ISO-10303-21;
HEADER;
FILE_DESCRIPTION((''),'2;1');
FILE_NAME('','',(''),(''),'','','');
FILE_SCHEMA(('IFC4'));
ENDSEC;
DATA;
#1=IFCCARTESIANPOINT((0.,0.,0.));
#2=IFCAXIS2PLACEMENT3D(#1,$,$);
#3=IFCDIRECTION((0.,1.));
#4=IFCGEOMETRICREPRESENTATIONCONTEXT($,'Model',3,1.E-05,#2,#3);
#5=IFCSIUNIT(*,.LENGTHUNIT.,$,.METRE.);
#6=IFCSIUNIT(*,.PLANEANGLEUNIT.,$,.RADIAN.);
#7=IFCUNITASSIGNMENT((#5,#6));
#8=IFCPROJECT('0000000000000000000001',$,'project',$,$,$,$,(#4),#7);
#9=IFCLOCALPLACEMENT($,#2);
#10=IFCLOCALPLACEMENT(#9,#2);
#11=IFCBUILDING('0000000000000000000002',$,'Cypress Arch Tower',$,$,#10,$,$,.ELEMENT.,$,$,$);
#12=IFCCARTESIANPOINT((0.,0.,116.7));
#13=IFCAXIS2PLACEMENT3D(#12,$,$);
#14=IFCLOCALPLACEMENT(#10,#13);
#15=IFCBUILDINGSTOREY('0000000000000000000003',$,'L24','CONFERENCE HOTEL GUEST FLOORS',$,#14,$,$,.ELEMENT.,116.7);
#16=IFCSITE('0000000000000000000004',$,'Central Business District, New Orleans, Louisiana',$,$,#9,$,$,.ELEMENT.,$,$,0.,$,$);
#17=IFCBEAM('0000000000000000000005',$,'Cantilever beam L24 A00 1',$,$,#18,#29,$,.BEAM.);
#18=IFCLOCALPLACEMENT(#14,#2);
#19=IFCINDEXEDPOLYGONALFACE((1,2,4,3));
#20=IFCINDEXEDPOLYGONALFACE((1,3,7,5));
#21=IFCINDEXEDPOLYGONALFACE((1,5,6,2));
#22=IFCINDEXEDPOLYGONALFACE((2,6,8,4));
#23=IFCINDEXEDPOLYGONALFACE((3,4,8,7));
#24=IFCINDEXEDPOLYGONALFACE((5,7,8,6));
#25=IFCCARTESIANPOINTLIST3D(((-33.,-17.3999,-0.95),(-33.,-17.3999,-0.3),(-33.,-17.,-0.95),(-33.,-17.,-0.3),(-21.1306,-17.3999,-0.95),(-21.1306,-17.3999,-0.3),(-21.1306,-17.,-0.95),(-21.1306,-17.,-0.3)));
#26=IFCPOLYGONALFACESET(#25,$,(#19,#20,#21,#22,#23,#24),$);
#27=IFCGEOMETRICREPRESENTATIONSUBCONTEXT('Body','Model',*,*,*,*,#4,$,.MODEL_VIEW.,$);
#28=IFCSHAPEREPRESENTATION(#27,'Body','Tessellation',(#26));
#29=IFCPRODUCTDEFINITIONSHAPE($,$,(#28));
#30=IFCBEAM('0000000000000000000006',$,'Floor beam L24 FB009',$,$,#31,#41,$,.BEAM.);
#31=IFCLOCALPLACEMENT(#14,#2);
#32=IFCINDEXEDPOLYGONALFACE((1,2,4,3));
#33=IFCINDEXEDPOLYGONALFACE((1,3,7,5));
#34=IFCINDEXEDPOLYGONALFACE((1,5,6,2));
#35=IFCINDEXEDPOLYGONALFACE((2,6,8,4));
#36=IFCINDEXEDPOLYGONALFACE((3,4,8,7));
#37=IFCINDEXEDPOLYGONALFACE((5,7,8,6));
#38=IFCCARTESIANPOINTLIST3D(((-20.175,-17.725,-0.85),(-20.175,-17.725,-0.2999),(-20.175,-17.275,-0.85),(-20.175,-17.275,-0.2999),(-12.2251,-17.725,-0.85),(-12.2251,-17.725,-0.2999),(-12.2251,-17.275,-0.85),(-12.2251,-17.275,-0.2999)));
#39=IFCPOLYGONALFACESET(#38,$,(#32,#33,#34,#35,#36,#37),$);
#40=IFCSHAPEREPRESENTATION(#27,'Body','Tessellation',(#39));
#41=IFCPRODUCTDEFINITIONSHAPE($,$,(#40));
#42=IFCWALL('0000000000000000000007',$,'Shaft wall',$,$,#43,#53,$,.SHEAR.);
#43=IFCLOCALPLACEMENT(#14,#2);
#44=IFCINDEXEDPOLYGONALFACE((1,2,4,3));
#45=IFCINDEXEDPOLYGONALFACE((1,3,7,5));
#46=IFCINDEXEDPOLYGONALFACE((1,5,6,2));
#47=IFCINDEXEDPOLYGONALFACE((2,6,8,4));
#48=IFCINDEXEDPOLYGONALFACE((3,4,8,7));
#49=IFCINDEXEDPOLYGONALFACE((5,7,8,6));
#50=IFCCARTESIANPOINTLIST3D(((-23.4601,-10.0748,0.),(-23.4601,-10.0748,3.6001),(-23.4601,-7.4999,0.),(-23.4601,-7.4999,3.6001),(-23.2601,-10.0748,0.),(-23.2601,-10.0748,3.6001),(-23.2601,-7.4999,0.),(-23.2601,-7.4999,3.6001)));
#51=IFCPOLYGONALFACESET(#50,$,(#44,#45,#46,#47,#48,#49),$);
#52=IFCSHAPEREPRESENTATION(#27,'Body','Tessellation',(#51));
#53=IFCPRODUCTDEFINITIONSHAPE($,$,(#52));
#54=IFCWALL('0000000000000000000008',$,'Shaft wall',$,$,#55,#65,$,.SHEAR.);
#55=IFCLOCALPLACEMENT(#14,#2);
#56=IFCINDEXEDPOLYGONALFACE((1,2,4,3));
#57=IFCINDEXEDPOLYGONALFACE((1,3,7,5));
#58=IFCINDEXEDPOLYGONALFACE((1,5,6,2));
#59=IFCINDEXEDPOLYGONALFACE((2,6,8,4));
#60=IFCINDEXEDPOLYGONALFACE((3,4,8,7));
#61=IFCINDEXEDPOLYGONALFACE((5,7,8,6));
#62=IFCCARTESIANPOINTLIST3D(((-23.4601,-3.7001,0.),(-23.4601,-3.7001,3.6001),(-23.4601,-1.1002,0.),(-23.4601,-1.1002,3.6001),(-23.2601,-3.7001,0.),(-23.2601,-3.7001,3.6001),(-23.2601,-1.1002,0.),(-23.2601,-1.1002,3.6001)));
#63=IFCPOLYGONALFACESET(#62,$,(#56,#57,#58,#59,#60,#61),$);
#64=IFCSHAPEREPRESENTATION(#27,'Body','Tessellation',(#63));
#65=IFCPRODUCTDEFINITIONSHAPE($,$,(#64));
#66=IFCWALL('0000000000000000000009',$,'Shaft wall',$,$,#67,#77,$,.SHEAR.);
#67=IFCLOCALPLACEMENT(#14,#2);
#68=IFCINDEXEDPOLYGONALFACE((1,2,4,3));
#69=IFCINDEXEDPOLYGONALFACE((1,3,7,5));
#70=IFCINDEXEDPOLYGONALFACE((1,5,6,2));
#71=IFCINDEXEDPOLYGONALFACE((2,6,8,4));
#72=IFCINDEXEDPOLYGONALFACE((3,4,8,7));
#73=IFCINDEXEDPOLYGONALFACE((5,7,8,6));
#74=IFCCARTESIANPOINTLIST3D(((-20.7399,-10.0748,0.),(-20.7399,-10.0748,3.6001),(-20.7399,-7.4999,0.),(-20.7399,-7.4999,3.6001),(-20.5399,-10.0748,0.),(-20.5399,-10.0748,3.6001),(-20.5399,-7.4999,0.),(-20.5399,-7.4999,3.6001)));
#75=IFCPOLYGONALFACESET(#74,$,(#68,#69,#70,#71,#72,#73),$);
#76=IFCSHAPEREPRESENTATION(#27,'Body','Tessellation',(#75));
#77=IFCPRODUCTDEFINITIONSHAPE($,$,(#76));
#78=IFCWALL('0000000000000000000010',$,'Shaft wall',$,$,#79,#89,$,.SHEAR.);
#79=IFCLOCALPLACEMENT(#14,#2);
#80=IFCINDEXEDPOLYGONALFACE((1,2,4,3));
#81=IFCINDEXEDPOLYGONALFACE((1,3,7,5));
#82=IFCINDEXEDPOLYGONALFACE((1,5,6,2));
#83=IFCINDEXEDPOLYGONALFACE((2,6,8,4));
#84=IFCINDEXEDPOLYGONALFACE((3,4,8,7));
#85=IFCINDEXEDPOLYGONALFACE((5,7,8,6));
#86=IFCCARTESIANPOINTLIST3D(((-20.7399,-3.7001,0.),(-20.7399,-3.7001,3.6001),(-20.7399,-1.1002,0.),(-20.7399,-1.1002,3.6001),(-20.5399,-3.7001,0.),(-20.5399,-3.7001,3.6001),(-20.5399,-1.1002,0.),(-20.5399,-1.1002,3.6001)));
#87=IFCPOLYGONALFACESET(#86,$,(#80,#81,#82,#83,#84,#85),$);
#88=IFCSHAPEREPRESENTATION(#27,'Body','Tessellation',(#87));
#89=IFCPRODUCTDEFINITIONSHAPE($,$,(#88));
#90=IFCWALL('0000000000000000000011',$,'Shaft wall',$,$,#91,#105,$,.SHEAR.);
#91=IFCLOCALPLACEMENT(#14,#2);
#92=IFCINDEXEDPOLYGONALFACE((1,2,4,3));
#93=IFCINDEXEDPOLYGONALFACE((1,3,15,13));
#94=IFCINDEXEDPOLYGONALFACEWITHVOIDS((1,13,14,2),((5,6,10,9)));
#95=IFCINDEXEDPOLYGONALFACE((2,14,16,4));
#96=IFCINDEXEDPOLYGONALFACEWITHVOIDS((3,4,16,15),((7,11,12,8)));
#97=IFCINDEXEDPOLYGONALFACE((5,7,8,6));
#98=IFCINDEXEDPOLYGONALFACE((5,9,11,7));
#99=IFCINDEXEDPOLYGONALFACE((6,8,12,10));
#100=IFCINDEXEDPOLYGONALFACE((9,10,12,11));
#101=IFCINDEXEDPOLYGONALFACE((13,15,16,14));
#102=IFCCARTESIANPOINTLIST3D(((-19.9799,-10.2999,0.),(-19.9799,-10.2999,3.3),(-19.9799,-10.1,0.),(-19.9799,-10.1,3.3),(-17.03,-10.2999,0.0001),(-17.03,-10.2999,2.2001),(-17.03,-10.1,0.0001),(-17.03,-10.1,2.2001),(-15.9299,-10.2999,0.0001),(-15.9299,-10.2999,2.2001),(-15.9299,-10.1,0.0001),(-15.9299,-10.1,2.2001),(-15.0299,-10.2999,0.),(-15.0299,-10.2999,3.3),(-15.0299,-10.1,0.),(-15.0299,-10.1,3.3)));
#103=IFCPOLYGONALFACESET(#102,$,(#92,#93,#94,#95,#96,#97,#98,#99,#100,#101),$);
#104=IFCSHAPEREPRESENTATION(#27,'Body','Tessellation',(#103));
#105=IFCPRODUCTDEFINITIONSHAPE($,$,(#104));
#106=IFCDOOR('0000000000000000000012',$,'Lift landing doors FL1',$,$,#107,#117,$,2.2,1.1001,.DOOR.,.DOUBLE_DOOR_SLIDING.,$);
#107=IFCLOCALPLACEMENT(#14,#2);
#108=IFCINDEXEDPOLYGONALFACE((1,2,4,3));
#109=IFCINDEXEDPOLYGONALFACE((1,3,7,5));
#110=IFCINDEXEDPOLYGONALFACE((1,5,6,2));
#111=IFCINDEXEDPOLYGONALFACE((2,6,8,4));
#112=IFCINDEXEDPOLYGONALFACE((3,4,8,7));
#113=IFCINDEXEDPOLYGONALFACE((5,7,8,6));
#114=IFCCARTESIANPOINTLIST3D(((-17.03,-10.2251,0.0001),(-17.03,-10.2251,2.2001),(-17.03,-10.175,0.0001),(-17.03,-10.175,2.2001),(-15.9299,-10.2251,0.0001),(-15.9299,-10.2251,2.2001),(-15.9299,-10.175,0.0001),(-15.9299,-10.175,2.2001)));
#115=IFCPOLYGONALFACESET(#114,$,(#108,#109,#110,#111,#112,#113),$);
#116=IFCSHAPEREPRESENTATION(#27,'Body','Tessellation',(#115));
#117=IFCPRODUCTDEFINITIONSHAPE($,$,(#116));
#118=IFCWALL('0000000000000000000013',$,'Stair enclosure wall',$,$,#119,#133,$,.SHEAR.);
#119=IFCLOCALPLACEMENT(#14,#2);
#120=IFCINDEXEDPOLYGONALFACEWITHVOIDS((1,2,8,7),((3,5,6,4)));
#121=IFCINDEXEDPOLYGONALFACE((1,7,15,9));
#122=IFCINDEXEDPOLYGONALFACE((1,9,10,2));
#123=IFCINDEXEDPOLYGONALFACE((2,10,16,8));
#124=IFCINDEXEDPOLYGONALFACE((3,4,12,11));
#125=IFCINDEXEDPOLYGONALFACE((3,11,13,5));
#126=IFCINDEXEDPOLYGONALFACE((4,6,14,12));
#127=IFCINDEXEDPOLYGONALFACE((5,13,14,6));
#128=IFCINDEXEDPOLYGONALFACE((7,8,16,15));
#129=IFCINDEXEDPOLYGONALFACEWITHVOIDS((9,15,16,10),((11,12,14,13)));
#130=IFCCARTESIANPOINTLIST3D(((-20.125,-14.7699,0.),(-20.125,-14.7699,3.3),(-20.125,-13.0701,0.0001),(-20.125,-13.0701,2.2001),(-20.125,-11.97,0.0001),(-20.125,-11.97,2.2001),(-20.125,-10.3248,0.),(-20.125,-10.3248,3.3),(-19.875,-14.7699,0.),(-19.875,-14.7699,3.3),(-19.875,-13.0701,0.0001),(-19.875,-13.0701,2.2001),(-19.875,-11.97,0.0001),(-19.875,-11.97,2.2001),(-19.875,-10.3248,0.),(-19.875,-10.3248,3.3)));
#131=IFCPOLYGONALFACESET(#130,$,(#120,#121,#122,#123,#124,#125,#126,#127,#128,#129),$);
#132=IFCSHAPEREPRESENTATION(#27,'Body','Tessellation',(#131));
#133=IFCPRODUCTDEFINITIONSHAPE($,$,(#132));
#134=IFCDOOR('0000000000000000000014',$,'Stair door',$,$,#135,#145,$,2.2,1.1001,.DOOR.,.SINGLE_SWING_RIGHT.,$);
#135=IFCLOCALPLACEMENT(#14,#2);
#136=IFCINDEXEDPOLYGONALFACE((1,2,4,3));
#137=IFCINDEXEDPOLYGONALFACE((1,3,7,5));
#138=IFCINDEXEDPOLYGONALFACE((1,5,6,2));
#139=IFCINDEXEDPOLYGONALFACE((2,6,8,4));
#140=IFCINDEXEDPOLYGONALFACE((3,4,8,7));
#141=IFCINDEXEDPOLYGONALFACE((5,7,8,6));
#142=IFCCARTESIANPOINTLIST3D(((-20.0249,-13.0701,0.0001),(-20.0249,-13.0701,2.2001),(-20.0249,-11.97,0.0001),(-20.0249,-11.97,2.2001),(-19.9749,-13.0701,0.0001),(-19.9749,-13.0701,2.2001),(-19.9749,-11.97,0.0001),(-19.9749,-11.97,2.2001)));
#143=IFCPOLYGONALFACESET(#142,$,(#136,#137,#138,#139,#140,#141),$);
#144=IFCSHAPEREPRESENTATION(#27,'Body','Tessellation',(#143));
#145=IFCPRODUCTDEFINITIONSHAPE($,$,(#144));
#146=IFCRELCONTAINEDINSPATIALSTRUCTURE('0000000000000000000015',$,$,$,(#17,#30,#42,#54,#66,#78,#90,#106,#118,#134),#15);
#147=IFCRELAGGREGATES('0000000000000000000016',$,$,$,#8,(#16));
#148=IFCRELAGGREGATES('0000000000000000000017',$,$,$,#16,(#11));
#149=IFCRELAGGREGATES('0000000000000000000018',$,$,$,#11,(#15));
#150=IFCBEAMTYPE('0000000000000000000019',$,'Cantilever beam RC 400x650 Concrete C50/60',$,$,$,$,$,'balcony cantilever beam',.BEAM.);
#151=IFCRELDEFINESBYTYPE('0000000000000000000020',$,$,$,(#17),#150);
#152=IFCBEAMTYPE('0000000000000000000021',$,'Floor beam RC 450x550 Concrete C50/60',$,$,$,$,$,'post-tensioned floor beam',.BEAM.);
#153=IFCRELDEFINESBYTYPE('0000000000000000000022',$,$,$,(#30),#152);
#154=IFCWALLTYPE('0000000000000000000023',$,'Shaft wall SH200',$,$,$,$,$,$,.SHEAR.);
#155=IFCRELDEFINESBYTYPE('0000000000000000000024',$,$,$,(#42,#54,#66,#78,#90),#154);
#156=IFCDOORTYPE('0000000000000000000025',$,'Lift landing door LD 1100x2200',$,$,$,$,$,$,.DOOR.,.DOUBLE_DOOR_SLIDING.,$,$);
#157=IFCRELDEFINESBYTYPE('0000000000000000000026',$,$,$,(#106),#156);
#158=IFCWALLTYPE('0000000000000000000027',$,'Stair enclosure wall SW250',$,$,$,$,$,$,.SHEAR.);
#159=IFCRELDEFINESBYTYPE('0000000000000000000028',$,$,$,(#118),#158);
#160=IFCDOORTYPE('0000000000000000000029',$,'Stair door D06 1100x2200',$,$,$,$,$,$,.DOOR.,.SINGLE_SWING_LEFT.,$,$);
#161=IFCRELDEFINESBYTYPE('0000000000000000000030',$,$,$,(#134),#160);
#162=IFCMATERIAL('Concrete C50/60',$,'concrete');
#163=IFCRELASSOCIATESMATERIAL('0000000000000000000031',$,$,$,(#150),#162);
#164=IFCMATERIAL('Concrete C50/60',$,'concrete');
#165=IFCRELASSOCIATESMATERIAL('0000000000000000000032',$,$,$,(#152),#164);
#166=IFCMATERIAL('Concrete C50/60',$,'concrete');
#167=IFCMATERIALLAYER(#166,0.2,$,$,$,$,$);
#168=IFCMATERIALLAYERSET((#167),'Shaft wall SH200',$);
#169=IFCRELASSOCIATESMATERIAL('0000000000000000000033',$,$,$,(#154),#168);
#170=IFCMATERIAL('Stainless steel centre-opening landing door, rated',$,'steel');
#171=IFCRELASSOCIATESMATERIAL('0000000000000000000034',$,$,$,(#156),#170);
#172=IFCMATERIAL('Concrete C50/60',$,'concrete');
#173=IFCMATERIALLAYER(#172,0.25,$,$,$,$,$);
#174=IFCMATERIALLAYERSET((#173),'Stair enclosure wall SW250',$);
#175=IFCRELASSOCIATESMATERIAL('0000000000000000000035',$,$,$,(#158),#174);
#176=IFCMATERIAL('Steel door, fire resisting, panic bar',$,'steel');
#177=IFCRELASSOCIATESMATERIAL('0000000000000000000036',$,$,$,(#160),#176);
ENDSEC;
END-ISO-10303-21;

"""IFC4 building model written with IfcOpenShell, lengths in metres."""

from ifc_helpers import new_model, si_unit, direction, frame, frame_2d, origin, origin_2d, place, context, subcontext, project, spatial, rectangle, extrude, material, layer, layer_set, material_profile, profile_set, type_object, element, fill, save


model = new_model("IFC4")

# Units and contexts
model_context = context("Model", 3, precision=1e-05, world=origin(), true_north=direction((0.0, 1.0)))
body_context = subcontext(model_context, "Body", "Model", "MODEL_VIEW")
ifc_project = project(units=[si_unit("LENGTHUNIT", "METRE"), si_unit("PLANEANGLEUNIT", "RADIAN")], contexts=[model_context])

# Site, building, storey
site_placement = place(None, origin())
site = spatial("IfcSite", under=ifc_project, at=site_placement, Name="Central Business District, New Orleans, Louisiana", CompositionType="ELEMENT", RefElevation=0.0)
building_placement = place(site_placement, origin())
building = spatial("IfcBuilding", under=site, at=building_placement, Name="Cypress Arch Tower", CompositionType="ELEMENT")
storey_placement = place(building_placement, frame((0.0, 0.0, 116.7)))
storey = spatial("IfcBuildingStorey", under=building, at=storey_placement, Name="L24", Description="CONFERENCE HOTEL GUEST FLOORS", CompositionType="ELEMENT", Elevation=116.7)

# Beams
ifc_material_1 = material(Name="Concrete C50/60", Category="concrete")
ifc_material_profile_1 = material_profile(ifc_material_1, rectangle(XDim=0.3999, YDim=0.6499, at=origin_2d()), Name="RC 400x650")
ifc_profile_set_1 = profile_set([ifc_material_profile_1], Name="Concrete C50/60")
beam_type_1 = type_object("IfcBeamType", Name="Cantilever beam RC 400x650 Concrete C50/60", ElementType="balcony cantilever beam", PredefinedType="BEAM", material=ifc_profile_set_1)
beam_1_placement = place(storey_placement, frame((-21.1306, -17.2, -0.625), z_axis=(-1.0, 0.0, 0.0), x_axis=(0.0, -1.0, 0.0)))
element("IfcBeam", 1, at=beam_1_placement, inside=storey, type_object=beam_type_1, Name="Cantilever beam L24 A00 1", PredefinedType="BEAM", context=body_context, shape_type="SweptSolid", body=[
    extrude(rectangle(XDim=0.3999, YDim=0.6499, at=origin_2d()), origin(), (0.0, 0.0, 1.0), 11.8694),
])
ifc_material_2 = material(Name="Concrete C50/60", Category="concrete")
ifc_material_profile_2 = material_profile(ifc_material_2, rectangle(XDim=0.45, YDim=0.55, at=origin_2d()), Name="RC 450x550")
ifc_profile_set_2 = profile_set([ifc_material_profile_2], Name="Concrete C50/60")
beam_type_2 = type_object("IfcBeamType", Name="Floor beam RC 450x550 Concrete C50/60", ElementType="post-tensioned floor beam", PredefinedType="BEAM", material=ifc_profile_set_2)
beam_2_placement = place(storey_placement, frame((-20.175, -17.5, -0.575), z_axis=(1.0, 0.0, 0.0), x_axis=(0.0, 1.0, 0.0)))
element("IfcBeam", 2, at=beam_2_placement, inside=storey, type_object=beam_type_2, Name="Floor beam L24 FB009", PredefinedType="BEAM", context=body_context, shape_type="SweptSolid", body=[
    extrude(rectangle(XDim=0.45, YDim=0.55, at=origin_2d()), origin(), (0.0, 0.0, 1.0), 7.95),
])

# Walls
ifc_material_3 = material(Name="Concrete C50/60", Category="concrete")
ifc_layer_1 = layer(ifc_material_3, 0.2)
ifc_layer_set_1 = layer_set([ifc_layer_1], Name="Shaft wall SH200")
wall_type_1 = type_object("IfcWallType", Name="Shaft wall SH200", PredefinedType="SHEAR", material=ifc_layer_set_1)
wall_1_placement = place(storey_placement, frame((-23.3601, -10.075, 0.0), z_axis=(0.0, 0.0, 1.0), x_axis=(0.0, 1.0, 0.0)))
element("IfcWall", 3, at=wall_1_placement, inside=storey, type_object=wall_type_1, Name="Shaft wall", PredefinedType="SHEAR", context=body_context, shape_type="SweptSolid", body=[
    extrude(rectangle(XDim=2.575, YDim=0.2, at=frame_2d((1.2876, 0.0))), origin(), (0.0, 0.0, 1.0), 3.6001),
])
wall_2_placement = place(storey_placement, frame((-23.3601, -3.7, 0.0), z_axis=(0.0, 0.0, 1.0), x_axis=(0.0, 1.0, 0.0)))
element("IfcWall", 4, at=wall_2_placement, inside=storey, type_object=wall_type_1, Name="Shaft wall", PredefinedType="SHEAR", context=body_context, shape_type="SweptSolid", body=[
    extrude(rectangle(XDim=2.5999, YDim=0.2, at=frame_2d((1.2998, 0.0))), origin(), (0.0, 0.0, 1.0), 3.6001),
])
wall_3_placement = place(storey_placement, frame((-20.6399, -10.075, 0.0), z_axis=(0.0, 0.0, 1.0), x_axis=(0.0, 1.0, 0.0)))
element("IfcWall", 5, at=wall_3_placement, inside=storey, type_object=wall_type_1, Name="Shaft wall", PredefinedType="SHEAR", context=body_context, shape_type="SweptSolid", body=[
    extrude(rectangle(XDim=2.575, YDim=0.2, at=frame_2d((1.2876, 0.0))), origin(), (0.0, 0.0, 1.0), 3.6001),
])
wall_4_placement = place(storey_placement, frame((-20.6399, -3.7, 0.0), z_axis=(0.0, 0.0, 1.0), x_axis=(0.0, 1.0, 0.0)))
element("IfcWall", 6, at=wall_4_placement, inside=storey, type_object=wall_type_1, Name="Shaft wall", PredefinedType="SHEAR", context=body_context, shape_type="SweptSolid", body=[
    extrude(rectangle(XDim=2.5999, YDim=0.2, at=frame_2d((1.2998, 0.0))), origin(), (0.0, 0.0, 1.0), 3.6001),
])

# Walls, openings, doors
wall_5_placement = place(storey_placement, frame((-19.98, -10.2, 0.0), z_axis=(0.0, 0.0, 1.0), x_axis=(1.0, 0.0, 0.0)))
wall_5 = element("IfcWall", 7, at=wall_5_placement, inside=storey, type_object=wall_type_1, Name="Shaft wall", PredefinedType="SHEAR", context=body_context, shape_type="SweptSolid", body=[
    extrude(rectangle(XDim=4.95, YDim=0.2, at=frame_2d((2.4751, 0.0))), origin(), (0.0, 0.0, 1.0), 3.3),
])
opening_1_placement = place(wall_5_placement, frame((2.95, 0.0, 0.0)))
opening_1 = element("IfcOpeningElement", 8, at=opening_1_placement, cuts=wall_5, PredefinedType="OPENING", context=body_context, shape_type="SweptSolid", body=[
    extrude(rectangle(XDim=1.1001, YDim=2.2, at=frame_2d((0.55, 1.1001))), frame((0.0, 0.1099, 0.0), z_axis=(0.0, -1.0, 0.0), x_axis=(1.0, 0.0, 0.0)), (0.0, 0.0, 1.0), 0.22),
])
ifc_material_4 = material(Name="Stainless steel centre-opening landing door, rated", Category="steel")
door_type_1 = type_object("IfcDoorType", Name="Lift landing door LD 1100x2200", OperationType="DOUBLE_DOOR_SLIDING", PredefinedType="DOOR", material=ifc_material_4)
door_1_placement = place(opening_1_placement, origin())
door_1 = element("IfcDoor", 9, at=door_1_placement, inside=storey, type_object=door_type_1, Name="Lift landing doors FL1", OperationType="DOUBLE_DOOR_SLIDING", OverallHeight=2.2, OverallWidth=1.1001, PredefinedType="DOOR", context=body_context, shape_type="SweptSolid", body=[
    extrude(rectangle(XDim=1.1001, YDim=2.2, at=frame_2d((0.55, 1.1001))), frame((0.0, 0.0249, 0.0), z_axis=(0.0, -1.0, 0.0), x_axis=(1.0, 0.0, 0.0)), (0.0, 0.0, 1.0), 0.05),
])
fill(opening_1, door_1)
ifc_material_5 = material(Name="Concrete C50/60", Category="concrete")
ifc_layer_2 = layer(ifc_material_5, 0.25)
ifc_layer_set_2 = layer_set([ifc_layer_2], Name="Stair enclosure wall SW250")
wall_type_2 = type_object("IfcWallType", Name="Stair enclosure wall SW250", PredefinedType="SHEAR", material=ifc_layer_set_2)
wall_6_placement = place(storey_placement, frame((-20.0, -14.77, 0.0), z_axis=(0.0, 0.0, 1.0), x_axis=(0.0, 1.0, 0.0)))
wall_6 = element("IfcWall", 10, at=wall_6_placement, inside=storey, type_object=wall_type_2, Name="Stair enclosure wall", PredefinedType="SHEAR", context=body_context, shape_type="SweptSolid", body=[
    extrude(rectangle(XDim=4.4451, YDim=0.25, at=frame_2d((2.2227, 0.0))), origin(), (0.0, 0.0, 1.0), 3.3),
])
opening_2_placement = place(wall_6_placement, frame((1.7, 0.0, 0.0)))
opening_2 = element("IfcOpeningElement", 11, at=opening_2_placement, cuts=wall_6, PredefinedType="OPENING", context=body_context, shape_type="SweptSolid", body=[
    extrude(rectangle(XDim=1.1001, YDim=2.2, at=frame_2d((0.55, 1.1001))), frame((0.0, 0.135, 0.0), z_axis=(0.0, -1.0, 0.0), x_axis=(1.0, 0.0, 0.0)), (0.0, 0.0, 1.0), 0.27),
])
ifc_material_6 = material(Name="Steel door, fire resisting, panic bar", Category="steel")
door_type_2 = type_object("IfcDoorType", Name="Stair door D06 1100x2200", OperationType="SINGLE_SWING_LEFT", PredefinedType="DOOR", material=ifc_material_6)
door_2_placement = place(opening_2_placement, origin())
door_2 = element("IfcDoor", 12, at=door_2_placement, inside=storey, type_object=door_type_2, Name="Stair door", OperationType="SINGLE_SWING_RIGHT", OverallHeight=2.2, OverallWidth=1.1001, PredefinedType="DOOR", context=body_context, shape_type="SweptSolid", body=[
    extrude(rectangle(XDim=1.1001, YDim=2.2, at=frame_2d((0.55, 1.1001))), frame((0.0, 0.0249, 0.0), z_axis=(0.0, -1.0, 0.0), x_axis=(1.0, 0.0, 0.0)), (0.0, 0.0, 1.0), 0.05),
])
fill(opening_2, door_2)

save(model, "model.ifc")
